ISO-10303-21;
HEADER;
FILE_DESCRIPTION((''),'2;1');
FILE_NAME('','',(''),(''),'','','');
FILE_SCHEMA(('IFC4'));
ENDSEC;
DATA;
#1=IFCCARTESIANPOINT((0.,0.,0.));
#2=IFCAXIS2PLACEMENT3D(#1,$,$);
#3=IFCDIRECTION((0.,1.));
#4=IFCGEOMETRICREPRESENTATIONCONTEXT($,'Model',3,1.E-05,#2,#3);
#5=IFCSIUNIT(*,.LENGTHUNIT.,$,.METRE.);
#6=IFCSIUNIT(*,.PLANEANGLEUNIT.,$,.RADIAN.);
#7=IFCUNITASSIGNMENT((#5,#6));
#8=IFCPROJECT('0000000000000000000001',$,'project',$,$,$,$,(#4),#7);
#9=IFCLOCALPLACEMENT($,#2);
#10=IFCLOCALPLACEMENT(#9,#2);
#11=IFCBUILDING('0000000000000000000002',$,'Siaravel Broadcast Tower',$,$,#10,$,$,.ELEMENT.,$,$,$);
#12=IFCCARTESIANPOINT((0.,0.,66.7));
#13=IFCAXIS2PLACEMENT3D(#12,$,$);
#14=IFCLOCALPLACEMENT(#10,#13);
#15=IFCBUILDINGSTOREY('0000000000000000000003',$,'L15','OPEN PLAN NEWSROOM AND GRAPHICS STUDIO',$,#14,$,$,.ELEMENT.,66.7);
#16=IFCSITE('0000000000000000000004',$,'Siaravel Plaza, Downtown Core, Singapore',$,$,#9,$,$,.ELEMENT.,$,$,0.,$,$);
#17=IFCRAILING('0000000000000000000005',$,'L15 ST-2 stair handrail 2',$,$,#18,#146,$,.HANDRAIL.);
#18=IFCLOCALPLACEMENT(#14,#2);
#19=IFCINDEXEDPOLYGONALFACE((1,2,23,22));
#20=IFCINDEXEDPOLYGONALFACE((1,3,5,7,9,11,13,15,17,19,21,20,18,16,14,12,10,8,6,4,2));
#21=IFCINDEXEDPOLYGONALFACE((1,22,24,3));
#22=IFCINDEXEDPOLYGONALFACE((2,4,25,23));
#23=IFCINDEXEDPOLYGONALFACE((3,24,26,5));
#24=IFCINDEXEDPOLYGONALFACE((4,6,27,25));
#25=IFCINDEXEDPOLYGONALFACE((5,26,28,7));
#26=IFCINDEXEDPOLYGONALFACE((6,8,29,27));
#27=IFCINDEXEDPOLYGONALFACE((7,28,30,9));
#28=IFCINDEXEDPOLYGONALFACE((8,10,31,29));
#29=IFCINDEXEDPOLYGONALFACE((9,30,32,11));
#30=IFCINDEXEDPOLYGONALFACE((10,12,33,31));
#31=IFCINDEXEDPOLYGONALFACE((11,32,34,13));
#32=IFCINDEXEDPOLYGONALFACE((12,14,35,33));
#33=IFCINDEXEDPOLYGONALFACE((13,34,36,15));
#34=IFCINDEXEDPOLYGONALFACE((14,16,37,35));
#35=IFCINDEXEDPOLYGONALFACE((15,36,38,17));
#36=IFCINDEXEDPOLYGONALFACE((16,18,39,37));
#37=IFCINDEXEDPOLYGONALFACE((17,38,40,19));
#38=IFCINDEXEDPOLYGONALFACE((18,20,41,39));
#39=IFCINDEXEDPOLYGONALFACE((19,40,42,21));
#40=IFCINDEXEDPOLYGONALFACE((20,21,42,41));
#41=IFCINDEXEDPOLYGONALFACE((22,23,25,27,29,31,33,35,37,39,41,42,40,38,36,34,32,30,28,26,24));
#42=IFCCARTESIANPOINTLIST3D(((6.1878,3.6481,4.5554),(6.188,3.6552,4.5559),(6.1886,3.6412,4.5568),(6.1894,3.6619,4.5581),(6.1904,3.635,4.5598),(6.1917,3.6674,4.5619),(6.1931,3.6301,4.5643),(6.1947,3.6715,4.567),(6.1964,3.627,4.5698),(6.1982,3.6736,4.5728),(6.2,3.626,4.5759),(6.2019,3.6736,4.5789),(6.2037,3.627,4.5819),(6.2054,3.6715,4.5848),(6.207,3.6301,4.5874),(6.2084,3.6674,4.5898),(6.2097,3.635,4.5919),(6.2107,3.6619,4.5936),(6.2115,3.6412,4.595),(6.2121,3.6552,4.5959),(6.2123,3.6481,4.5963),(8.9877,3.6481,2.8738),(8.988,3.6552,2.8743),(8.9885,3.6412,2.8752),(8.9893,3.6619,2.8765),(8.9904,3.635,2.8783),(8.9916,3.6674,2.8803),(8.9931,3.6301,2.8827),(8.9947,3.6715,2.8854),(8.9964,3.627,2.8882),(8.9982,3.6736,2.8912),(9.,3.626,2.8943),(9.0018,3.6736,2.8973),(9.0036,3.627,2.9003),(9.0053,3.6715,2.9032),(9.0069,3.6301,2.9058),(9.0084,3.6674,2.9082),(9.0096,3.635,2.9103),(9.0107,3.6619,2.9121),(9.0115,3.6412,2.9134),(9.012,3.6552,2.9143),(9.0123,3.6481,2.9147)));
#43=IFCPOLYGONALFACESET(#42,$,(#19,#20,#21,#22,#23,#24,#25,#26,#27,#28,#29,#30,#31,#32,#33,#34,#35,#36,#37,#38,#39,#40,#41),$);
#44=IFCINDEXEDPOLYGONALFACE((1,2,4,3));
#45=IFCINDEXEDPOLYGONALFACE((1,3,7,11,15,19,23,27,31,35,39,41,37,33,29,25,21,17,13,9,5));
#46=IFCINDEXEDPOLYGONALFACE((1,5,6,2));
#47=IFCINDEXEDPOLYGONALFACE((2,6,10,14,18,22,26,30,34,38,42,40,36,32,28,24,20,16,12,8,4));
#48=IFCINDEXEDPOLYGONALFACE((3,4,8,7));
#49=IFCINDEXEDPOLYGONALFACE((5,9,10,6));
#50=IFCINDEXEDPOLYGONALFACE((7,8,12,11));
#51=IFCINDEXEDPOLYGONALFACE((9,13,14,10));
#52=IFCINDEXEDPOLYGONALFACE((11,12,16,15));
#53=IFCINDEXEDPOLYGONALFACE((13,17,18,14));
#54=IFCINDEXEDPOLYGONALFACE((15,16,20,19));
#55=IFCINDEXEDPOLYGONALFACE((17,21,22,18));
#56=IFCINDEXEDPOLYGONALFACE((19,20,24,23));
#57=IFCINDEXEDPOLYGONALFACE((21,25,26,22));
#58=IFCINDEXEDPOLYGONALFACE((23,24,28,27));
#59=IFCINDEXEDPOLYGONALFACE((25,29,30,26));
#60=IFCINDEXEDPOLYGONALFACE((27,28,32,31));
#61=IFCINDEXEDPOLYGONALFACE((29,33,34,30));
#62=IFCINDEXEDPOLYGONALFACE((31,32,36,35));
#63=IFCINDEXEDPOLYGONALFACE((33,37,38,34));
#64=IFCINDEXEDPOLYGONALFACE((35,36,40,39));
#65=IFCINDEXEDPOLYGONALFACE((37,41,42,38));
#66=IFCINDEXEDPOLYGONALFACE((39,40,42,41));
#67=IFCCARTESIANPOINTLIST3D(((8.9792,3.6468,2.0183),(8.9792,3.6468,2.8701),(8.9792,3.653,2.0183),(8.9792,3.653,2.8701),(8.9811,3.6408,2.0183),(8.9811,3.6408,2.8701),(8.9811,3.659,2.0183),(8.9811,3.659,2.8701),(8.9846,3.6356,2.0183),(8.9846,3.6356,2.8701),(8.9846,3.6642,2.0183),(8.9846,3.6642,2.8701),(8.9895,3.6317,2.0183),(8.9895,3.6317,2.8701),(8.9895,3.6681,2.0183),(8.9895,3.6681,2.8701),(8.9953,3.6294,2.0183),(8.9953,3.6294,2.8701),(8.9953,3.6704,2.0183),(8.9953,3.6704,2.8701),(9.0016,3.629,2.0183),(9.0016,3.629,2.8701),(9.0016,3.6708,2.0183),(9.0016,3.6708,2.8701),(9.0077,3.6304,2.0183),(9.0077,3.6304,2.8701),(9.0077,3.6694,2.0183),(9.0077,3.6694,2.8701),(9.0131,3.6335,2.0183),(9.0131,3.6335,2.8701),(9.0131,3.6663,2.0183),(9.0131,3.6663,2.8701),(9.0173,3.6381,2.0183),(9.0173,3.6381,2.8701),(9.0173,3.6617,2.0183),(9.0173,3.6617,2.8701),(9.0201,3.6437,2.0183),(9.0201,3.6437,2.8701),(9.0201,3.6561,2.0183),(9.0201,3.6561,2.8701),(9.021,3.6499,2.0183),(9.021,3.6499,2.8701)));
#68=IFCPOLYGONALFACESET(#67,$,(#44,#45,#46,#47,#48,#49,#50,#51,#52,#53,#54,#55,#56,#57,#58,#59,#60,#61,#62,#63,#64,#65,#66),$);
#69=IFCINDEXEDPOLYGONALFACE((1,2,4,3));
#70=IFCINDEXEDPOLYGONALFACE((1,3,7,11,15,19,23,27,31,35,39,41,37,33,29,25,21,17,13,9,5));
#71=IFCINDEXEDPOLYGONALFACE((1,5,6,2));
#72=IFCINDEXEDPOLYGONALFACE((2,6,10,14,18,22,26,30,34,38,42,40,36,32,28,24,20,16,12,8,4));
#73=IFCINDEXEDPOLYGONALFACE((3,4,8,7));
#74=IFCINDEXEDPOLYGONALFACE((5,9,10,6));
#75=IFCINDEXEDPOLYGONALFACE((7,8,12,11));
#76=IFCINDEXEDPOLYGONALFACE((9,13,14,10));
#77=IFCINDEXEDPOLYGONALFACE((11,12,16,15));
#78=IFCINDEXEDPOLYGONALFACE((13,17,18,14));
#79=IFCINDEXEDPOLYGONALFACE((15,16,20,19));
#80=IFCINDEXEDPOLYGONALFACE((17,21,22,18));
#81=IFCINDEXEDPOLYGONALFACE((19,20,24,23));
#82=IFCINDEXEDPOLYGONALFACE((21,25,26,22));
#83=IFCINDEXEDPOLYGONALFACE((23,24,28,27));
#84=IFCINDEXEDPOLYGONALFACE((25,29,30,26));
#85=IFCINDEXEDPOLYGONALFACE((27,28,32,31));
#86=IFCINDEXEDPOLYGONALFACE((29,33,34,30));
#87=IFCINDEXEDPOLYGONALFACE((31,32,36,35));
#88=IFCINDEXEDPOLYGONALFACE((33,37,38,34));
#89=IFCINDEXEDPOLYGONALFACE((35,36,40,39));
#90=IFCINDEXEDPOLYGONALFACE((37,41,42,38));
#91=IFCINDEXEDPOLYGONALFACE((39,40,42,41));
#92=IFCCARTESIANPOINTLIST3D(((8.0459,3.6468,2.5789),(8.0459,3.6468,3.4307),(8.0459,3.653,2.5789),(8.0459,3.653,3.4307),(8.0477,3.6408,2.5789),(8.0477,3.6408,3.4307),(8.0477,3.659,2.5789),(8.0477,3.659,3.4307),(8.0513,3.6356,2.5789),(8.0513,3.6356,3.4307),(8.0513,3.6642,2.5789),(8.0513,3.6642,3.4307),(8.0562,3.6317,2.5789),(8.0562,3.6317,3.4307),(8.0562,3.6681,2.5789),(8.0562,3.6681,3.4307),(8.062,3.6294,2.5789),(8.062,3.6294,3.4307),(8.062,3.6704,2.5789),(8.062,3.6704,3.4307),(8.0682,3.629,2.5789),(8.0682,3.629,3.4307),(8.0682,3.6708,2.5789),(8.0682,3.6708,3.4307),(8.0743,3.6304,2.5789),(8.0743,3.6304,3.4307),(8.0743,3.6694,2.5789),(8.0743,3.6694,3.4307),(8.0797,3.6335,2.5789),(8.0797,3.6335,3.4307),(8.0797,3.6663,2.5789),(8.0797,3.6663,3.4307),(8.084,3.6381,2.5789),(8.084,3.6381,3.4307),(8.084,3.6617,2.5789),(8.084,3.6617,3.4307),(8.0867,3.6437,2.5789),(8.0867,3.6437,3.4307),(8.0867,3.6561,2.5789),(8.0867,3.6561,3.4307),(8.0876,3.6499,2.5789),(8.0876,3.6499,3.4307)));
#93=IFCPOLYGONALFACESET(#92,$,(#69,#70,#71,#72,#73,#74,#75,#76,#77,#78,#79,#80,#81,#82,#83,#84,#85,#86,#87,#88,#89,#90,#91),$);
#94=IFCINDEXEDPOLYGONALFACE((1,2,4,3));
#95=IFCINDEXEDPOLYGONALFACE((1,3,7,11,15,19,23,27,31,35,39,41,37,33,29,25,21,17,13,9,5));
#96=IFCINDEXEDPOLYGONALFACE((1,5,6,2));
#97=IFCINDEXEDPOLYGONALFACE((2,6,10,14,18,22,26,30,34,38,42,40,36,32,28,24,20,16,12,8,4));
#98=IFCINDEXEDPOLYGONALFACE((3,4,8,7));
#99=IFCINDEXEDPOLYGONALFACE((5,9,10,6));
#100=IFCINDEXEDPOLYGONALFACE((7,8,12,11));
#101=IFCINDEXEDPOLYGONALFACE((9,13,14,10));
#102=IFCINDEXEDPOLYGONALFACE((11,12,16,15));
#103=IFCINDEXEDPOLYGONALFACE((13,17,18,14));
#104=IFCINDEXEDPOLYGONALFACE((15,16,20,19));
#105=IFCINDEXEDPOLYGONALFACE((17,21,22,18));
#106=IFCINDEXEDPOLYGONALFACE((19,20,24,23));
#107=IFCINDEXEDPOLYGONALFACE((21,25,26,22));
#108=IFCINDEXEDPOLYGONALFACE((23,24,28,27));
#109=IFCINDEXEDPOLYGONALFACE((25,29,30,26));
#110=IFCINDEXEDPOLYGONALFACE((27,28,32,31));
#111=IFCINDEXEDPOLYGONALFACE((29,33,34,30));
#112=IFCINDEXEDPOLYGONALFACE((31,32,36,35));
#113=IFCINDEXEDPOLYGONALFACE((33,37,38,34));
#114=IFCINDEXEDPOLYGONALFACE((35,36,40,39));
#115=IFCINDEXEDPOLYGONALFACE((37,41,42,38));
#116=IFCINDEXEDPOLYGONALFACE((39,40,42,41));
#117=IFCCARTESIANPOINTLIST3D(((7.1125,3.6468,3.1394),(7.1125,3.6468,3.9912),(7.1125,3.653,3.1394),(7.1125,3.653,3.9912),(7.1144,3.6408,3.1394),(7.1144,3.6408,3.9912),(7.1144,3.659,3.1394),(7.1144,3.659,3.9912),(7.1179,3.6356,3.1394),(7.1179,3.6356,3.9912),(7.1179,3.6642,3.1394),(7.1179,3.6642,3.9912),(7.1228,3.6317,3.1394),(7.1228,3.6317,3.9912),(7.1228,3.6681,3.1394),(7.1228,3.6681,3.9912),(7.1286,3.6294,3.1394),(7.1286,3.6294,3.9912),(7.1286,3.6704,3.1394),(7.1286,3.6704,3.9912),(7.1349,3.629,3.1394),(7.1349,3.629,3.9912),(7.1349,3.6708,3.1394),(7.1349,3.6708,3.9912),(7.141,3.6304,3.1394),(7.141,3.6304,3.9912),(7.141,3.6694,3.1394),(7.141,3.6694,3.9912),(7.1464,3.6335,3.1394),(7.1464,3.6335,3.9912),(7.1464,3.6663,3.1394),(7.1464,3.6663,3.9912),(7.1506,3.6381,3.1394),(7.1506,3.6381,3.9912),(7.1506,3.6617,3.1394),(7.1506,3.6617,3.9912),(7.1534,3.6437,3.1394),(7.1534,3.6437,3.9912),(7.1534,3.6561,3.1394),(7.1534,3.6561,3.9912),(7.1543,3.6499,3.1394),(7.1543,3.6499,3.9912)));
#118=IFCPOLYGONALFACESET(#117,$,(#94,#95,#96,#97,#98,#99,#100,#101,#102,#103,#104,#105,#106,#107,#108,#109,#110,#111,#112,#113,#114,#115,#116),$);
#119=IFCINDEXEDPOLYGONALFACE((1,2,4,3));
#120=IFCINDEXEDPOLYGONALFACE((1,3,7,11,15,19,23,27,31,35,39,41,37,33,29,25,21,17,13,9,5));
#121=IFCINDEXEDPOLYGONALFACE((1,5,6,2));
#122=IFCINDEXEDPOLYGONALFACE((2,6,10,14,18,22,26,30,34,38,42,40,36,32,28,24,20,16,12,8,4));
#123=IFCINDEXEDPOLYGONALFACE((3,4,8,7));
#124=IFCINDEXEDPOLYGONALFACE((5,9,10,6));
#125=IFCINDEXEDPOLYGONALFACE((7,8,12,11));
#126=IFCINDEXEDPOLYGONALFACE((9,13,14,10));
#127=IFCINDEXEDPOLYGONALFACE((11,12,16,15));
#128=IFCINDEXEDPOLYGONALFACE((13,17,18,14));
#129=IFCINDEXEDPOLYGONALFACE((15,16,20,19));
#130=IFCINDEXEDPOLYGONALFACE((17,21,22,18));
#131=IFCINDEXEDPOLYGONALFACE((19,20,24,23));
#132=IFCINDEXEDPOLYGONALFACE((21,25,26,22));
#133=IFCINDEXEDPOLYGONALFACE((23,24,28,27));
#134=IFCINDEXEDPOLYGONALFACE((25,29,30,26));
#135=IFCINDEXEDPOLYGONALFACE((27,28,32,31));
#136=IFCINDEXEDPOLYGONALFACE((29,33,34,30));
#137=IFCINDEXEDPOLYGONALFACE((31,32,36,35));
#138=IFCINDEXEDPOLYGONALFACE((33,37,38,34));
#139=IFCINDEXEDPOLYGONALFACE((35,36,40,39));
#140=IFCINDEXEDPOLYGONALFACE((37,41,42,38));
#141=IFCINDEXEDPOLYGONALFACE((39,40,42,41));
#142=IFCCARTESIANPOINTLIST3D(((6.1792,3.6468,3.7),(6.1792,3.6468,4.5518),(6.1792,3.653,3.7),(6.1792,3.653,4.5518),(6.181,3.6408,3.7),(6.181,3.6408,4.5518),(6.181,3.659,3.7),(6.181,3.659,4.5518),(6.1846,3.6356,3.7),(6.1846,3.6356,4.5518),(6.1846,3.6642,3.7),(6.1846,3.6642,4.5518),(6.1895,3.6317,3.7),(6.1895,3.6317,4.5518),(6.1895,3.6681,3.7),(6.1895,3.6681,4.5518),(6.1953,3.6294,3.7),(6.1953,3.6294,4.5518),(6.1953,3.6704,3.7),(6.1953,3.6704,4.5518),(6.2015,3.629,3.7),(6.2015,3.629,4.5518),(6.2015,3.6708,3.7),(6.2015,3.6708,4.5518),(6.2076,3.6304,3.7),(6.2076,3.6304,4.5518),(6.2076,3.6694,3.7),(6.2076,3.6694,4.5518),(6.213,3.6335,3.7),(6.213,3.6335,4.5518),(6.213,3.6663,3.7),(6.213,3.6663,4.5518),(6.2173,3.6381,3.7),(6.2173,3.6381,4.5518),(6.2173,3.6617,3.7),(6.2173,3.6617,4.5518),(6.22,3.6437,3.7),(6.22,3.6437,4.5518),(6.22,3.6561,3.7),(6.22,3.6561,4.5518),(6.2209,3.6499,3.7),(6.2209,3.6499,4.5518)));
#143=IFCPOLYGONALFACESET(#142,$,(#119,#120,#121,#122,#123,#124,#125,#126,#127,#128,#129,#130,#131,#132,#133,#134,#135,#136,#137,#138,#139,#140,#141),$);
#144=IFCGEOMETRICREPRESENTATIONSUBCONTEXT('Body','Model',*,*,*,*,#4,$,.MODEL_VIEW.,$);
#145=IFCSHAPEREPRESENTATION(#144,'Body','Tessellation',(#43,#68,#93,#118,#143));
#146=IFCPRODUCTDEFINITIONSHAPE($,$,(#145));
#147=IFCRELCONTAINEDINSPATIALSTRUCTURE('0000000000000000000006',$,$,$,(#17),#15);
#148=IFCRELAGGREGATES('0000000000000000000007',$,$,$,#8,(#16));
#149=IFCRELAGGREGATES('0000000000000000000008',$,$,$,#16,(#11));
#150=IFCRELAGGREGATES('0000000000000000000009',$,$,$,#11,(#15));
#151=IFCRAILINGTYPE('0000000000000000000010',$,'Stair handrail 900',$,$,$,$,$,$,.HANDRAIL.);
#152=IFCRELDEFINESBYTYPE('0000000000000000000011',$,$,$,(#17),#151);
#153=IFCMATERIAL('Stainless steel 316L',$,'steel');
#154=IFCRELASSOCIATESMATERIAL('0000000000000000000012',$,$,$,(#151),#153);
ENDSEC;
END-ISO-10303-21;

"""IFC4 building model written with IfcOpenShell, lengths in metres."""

from ifc_helpers import new_model, si_unit, direction, frame, origin, origin_2d, place, context, subcontext, project, spatial, circle, extrude, material, type_object, element, save


model = new_model("IFC4")

# Units and contexts
model_context = context("Model", 3, precision=1e-05, world=origin(), true_north=direction((0.0, 1.0)))
body_context = subcontext(model_context, "Body", "Model", "MODEL_VIEW")
ifc_project = project(units=[si_unit("LENGTHUNIT", "METRE"), si_unit("PLANEANGLEUNIT", "RADIAN")], contexts=[model_context])

# Site, building, storey
site_placement = place(None, origin())
site = spatial("IfcSite", under=ifc_project, at=site_placement, Name="Siaravel Plaza, Downtown Core, Singapore", CompositionType="ELEMENT", RefElevation=0.0)
building_placement = place(site_placement, origin())
building = spatial("IfcBuilding", under=site, at=building_placement, Name="Siaravel Broadcast Tower", CompositionType="ELEMENT")
storey_placement = place(building_placement, frame((0.0, 0.0, 66.7)))
storey = spatial("IfcBuildingStorey", under=building, at=storey_placement, Name="L15", Description="OPEN PLAN NEWSROOM AND GRAPHICS STUDIO", CompositionType="ELEMENT", Elevation=66.7)

# Railing
ifc_material_1 = material(Name="Stainless steel 316L", Category="steel")
railing_type_1 = type_object("IfcRailingType", Name="Stair handrail 900", PredefinedType="HANDRAIL", material=ifc_material_1)
railing_1_placement = place(storey_placement, frame((9.0, 3.6499, 2.0183)))
element("IfcRailing", 1, at=railing_1_placement, inside=storey, type_object=railing_type_1, Name="L15 ST-2 stair handrail 2", PredefinedType="HANDRAIL", context=body_context, shape_type="SweptSolid", body=[
    extrude(circle(Radius=0.0239, at=origin_2d()), frame((0.0, 0.0, 0.876), z_axis=(-0.857275, 0.0, 0.514858), x_axis=(0.0, -1.0, 0.0)), (0.0, 0.0, 1.0), 3.2661),
    extrude(circle(Radius=0.021, at=origin_2d()), origin(), (0.0, 0.0, 1.0), 0.8518),
    extrude(circle(Radius=0.021, at=origin_2d()), frame((-0.9333, 0.0, 0.5605)), (0.0, 0.0, 1.0), 0.8518),
    extrude(circle(Radius=0.021, at=origin_2d()), frame((-1.8667, 0.0, 1.1211)), (0.0, 0.0, 1.0), 0.8518),
    extrude(circle(Radius=0.021, at=origin_2d()), frame((-2.8, 0.0, 1.6816)), (0.0, 0.0, 1.0), 0.8518),
])

save(model, "model.ifc")
